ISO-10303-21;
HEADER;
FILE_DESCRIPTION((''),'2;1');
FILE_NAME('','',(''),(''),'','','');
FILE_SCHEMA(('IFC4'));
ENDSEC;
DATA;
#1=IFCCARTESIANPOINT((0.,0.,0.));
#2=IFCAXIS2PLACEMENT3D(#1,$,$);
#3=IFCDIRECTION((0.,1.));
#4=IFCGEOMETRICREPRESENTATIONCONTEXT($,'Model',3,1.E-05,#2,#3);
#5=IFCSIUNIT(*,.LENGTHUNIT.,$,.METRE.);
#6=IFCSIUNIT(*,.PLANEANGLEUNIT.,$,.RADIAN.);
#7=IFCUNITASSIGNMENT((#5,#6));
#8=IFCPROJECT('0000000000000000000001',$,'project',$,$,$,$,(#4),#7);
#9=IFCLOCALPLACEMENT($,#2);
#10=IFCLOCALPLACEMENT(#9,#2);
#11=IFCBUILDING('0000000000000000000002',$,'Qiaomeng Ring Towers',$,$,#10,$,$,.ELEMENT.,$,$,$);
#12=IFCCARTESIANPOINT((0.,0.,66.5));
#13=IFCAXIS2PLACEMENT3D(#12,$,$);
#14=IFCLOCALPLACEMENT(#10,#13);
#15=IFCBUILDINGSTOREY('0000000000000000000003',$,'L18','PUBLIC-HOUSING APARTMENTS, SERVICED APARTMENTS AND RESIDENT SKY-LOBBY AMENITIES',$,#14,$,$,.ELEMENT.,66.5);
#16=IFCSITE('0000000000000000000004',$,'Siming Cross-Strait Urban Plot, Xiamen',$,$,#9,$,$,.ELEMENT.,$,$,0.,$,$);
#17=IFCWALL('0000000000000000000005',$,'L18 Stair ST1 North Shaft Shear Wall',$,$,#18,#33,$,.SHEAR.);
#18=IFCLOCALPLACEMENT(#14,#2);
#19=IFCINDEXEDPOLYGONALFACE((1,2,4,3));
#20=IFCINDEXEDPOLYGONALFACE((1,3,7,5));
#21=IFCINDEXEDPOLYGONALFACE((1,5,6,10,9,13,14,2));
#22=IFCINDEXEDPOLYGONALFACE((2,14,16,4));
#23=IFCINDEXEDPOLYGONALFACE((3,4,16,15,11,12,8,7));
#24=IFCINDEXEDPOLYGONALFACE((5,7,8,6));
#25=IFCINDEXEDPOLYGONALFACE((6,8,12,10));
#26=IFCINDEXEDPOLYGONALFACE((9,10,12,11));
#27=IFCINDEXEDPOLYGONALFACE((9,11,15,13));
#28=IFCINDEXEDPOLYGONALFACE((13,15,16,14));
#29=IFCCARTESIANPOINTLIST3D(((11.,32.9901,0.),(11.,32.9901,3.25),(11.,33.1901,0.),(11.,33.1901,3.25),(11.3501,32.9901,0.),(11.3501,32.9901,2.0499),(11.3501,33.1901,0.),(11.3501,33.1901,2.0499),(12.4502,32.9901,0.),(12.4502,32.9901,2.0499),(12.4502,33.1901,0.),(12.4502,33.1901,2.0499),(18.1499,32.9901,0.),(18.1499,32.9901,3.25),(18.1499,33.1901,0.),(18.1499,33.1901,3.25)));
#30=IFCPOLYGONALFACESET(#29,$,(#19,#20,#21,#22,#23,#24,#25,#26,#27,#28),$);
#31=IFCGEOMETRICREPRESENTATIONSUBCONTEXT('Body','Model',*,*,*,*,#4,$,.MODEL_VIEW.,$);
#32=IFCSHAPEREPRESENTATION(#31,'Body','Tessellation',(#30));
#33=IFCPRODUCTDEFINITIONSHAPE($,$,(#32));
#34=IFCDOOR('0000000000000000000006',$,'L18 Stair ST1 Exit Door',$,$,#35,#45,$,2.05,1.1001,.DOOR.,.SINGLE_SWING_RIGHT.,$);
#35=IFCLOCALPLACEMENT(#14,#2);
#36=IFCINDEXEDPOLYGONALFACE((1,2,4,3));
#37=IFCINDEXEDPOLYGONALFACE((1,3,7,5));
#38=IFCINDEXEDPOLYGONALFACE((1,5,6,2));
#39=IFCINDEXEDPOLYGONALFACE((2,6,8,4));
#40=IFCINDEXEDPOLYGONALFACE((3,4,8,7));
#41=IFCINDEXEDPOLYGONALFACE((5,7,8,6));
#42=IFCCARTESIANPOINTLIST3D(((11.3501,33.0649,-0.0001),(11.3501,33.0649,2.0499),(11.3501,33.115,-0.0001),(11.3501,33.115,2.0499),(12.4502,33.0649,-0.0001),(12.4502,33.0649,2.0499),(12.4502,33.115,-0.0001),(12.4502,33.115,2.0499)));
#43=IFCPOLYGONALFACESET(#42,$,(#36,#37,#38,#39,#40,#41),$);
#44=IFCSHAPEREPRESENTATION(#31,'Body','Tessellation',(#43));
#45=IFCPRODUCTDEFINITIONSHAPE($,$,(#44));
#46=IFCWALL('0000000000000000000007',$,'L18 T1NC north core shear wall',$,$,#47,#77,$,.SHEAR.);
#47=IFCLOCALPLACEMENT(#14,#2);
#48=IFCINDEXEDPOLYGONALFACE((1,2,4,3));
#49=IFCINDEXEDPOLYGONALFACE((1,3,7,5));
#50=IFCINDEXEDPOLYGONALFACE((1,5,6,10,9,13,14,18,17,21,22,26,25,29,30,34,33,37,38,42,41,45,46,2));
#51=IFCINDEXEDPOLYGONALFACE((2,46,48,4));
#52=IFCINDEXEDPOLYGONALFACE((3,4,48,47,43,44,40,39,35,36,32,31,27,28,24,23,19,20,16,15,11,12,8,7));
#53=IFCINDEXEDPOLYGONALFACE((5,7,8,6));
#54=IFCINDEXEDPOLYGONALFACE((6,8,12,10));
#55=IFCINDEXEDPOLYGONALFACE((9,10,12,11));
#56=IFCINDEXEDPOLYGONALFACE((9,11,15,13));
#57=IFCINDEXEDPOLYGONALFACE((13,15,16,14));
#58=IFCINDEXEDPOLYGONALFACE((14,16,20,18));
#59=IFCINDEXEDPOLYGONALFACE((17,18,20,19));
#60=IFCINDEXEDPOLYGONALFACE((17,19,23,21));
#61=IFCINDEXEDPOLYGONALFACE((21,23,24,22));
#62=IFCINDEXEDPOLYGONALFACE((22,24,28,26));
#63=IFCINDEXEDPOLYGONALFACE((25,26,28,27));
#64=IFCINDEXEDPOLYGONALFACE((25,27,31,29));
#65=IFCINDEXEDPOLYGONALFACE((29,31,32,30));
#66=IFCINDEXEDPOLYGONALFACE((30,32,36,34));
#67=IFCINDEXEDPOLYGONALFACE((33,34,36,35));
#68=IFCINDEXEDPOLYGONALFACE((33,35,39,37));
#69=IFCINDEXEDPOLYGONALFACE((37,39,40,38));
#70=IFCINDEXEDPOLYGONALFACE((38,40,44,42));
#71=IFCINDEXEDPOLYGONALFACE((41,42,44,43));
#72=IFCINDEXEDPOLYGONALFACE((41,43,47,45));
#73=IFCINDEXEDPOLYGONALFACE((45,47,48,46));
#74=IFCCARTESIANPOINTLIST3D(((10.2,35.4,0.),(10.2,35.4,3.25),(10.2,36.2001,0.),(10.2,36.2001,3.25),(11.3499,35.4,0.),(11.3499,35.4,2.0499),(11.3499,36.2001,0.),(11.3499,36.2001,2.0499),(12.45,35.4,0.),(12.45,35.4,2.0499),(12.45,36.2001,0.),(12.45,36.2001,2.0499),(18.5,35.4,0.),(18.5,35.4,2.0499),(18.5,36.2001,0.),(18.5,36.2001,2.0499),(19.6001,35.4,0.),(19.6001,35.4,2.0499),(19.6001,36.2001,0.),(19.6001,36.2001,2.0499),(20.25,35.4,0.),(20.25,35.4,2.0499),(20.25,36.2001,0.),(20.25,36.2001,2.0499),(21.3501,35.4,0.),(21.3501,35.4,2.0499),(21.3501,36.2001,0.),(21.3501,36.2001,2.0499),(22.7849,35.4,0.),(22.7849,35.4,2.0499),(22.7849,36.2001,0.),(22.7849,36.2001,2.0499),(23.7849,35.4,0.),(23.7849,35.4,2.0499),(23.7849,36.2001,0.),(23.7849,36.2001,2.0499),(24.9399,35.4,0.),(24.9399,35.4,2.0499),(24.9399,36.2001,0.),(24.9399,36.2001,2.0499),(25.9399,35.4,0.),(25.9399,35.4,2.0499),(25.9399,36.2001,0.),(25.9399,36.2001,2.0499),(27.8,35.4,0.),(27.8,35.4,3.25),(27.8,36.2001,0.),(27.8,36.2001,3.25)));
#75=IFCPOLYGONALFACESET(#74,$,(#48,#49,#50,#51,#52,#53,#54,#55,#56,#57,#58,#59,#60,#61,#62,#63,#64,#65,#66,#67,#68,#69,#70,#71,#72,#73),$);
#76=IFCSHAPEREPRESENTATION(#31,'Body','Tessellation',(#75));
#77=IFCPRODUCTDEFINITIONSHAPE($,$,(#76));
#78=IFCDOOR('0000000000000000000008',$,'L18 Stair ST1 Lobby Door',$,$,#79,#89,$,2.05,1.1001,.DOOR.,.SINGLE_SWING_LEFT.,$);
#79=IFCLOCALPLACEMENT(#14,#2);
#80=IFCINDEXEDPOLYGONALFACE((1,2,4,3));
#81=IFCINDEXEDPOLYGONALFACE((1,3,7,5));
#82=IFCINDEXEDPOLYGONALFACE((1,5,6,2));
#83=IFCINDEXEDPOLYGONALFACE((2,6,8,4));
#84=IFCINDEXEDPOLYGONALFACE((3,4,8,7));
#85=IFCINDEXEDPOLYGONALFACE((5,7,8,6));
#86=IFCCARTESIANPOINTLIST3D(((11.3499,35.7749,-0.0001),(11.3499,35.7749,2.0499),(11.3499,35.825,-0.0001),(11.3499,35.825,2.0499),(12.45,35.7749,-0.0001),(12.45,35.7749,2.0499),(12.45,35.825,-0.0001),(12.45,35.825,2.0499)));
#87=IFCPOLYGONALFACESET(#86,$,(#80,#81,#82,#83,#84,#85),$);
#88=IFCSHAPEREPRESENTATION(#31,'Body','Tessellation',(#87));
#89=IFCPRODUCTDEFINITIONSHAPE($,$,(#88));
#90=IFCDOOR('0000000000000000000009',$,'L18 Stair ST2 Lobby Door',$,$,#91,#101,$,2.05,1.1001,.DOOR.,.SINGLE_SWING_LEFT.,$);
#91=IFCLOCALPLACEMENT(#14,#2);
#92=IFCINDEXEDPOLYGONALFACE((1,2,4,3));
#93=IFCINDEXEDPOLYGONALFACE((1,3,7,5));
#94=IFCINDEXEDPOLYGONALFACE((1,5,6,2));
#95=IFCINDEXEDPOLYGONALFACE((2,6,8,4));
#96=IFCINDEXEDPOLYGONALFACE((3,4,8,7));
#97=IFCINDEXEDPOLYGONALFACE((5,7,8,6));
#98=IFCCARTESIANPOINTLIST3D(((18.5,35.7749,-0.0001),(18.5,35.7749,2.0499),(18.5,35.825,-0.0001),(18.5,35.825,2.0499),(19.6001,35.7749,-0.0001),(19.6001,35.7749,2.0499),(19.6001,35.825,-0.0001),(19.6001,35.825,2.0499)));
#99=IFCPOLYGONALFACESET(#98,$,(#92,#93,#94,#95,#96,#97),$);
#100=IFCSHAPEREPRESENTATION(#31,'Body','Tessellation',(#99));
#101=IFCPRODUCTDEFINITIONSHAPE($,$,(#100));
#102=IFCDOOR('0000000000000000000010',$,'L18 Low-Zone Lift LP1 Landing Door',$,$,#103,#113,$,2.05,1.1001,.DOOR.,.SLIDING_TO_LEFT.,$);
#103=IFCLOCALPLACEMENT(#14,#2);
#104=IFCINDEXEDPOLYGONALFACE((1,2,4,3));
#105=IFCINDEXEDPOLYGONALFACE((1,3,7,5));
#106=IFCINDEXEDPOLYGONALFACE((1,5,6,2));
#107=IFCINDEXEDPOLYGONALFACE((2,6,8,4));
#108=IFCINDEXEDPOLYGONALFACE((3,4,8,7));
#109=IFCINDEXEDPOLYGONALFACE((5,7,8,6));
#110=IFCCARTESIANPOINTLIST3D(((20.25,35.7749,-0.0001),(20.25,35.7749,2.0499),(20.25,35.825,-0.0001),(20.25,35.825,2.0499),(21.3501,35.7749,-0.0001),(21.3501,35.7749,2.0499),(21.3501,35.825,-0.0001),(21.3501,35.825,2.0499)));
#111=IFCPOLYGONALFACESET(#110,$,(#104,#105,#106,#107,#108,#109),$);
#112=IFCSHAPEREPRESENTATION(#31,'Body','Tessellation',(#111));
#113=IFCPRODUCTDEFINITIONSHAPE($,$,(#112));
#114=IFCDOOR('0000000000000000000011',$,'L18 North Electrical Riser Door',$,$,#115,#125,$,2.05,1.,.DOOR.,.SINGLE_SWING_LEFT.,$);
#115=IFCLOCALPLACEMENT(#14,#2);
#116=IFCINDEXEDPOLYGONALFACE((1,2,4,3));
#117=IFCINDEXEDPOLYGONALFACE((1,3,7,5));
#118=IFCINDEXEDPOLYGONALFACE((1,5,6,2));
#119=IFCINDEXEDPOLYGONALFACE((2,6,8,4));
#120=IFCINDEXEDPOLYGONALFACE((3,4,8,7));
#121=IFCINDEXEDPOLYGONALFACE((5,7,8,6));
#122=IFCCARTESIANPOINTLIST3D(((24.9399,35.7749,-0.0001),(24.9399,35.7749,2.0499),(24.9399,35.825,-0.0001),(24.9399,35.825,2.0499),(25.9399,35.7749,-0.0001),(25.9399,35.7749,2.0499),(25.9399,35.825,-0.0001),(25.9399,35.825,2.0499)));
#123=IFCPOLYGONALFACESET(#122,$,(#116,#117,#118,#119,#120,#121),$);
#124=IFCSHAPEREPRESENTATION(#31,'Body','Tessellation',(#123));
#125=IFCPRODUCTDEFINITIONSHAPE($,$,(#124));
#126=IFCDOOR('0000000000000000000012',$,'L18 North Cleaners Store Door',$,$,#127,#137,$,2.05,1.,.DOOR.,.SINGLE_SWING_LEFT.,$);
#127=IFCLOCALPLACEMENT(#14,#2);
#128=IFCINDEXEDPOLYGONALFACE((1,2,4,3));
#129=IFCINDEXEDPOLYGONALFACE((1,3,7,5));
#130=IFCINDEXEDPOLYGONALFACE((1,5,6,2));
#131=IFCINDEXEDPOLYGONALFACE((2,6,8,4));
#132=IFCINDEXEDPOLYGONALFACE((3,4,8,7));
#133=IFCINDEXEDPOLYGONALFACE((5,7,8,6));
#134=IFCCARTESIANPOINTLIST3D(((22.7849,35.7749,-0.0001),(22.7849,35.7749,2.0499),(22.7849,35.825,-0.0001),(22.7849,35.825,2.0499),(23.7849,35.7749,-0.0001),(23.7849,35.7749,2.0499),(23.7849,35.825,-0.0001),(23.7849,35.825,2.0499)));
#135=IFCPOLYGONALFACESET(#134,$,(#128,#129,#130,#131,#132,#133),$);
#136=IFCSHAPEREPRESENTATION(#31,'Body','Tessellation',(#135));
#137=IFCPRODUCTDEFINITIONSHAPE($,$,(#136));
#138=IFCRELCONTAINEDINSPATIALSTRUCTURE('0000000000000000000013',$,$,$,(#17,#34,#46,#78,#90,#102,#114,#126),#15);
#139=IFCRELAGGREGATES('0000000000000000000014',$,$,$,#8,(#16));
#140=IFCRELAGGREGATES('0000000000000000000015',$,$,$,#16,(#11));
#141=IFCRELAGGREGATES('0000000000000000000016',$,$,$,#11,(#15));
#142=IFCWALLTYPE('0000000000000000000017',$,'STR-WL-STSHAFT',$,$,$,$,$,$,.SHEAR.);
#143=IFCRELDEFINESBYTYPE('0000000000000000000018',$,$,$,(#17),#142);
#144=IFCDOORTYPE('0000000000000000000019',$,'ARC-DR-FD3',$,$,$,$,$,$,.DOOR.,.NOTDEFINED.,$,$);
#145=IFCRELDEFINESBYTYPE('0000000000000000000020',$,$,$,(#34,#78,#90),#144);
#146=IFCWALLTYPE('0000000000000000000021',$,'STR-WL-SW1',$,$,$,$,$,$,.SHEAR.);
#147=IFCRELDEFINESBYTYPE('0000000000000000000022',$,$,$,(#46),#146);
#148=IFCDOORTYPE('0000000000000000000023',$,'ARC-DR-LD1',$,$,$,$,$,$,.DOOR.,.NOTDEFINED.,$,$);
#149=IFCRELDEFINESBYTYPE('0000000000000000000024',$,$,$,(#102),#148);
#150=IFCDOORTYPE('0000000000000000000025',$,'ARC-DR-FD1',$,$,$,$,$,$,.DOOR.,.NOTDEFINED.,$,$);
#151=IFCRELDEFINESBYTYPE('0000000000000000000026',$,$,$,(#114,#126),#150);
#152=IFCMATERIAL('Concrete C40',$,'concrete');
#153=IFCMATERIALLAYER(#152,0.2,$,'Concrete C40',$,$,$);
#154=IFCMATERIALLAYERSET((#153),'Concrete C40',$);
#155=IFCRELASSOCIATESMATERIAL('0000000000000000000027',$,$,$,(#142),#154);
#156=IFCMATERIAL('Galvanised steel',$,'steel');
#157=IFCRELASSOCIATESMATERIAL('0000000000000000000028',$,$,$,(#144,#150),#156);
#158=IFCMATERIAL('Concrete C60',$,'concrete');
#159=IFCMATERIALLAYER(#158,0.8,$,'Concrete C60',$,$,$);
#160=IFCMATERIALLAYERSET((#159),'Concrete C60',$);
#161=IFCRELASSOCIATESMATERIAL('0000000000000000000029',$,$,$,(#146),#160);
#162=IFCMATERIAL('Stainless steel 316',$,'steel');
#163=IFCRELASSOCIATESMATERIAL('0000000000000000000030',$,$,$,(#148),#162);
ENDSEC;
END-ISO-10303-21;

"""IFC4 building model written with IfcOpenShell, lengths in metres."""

from ifc_helpers import new_model, si_unit, direction, frame, frame_2d, origin, place, context, subcontext, project, spatial, rectangle, extrude, source, transform, mapped, material, layer, layer_set, type_object, element, fill, save


model = new_model("IFC4")

# Units and contexts
model_context = context("Model", 3, precision=1e-05, world=origin(), true_north=direction((0.0, 1.0)))
body_context = subcontext(model_context, "Body", "Model", "MODEL_VIEW")
ifc_project = project(units=[si_unit("LENGTHUNIT", "METRE"), si_unit("PLANEANGLEUNIT", "RADIAN")], contexts=[model_context])

# Site, building, storey
site_placement = place(None, origin())
site = spatial("IfcSite", under=ifc_project, at=site_placement, Name="Siming Cross-Strait Urban Plot, Xiamen", CompositionType="ELEMENT", RefElevation=0.0)
building_placement = place(site_placement, origin())
building = spatial("IfcBuilding", under=site, at=building_placement, Name="Qiaomeng Ring Towers", CompositionType="ELEMENT")
storey_placement = place(building_placement, frame((0.0, 0.0, 66.5)))
storey = spatial("IfcBuildingStorey", under=building, at=storey_placement, Name="L18", Description="PUBLIC-HOUSING APARTMENTS, SERVICED APARTMENTS AND RESIDENT SKY-LOBBY AMENITIES", CompositionType="ELEMENT", Elevation=66.5)

# Shared definitions
ifc_material_1 = material(Name="Concrete C60", Category="concrete")

# Shared definitions
shared_shape_1 = source(origin(), body_context, "Body", "SweptSolid", [
    extrude(rectangle(XDim=1.0, YDim=2.05, at=frame_2d((0.5, 1.0249))), frame((0.0, 0.0249, 0.0), z_axis=(0.0, -1.0, 0.0), x_axis=(1.0, 0.0, 0.0)), (0.0, 0.0, 1.0), 0.05),
])

# Shared definitions
ifc_material_2 = material(Name="Concrete C40", Category="concrete")
ifc_layer_1 = layer(ifc_material_2, 0.2, Name="Concrete C40")
ifc_layer_set_1 = layer_set([ifc_layer_1], Name="Concrete C40")
wall_type_1 = type_object("IfcWallType", Name="STR-WL-STSHAFT", PredefinedType="SHEAR", material=ifc_layer_set_1)

# Wall, opening, door
wall_1_placement = place(storey_placement, frame((11.0, 33.0901, 0.0), z_axis=(0.0, 0.0, 1.0), x_axis=(1.0, 0.0, 0.0)))
wall_1 = element("IfcWall", 1, at=wall_1_placement, inside=storey, type_object=wall_type_1, Name="L18 Stair ST1 North Shaft Shear Wall", PredefinedType="SHEAR", context=body_context, shape_type="SweptSolid", body=[
    extrude(rectangle(XDim=7.1499, YDim=0.2, at=frame_2d((3.575, 0.0))), origin(), (0.0, 0.0, 1.0), 3.25),
])
opening_1_placement = place(wall_1_placement, frame((0.3501, 0.0, 0.0)))
opening_1 = element("IfcOpeningElement", 2, at=opening_1_placement, cuts=wall_1, PredefinedType="OPENING", context=body_context, shape_type="SweptSolid", body=[
    extrude(rectangle(XDim=1.1001, YDim=2.05, at=frame_2d((0.55, 1.0249))), frame((0.0, 0.1099, 0.0), z_axis=(0.0, -1.0, 0.0), x_axis=(1.0, 0.0, 0.0)), (0.0, 0.0, 1.0), 0.22),
])
ifc_material_3 = material(Name="Galvanised steel", Category="steel")
door_type_1 = type_object("IfcDoorType", Name="ARC-DR-FD3", OperationType="NOTDEFINED", PredefinedType="DOOR", material=ifc_material_3)
shared_shape_2 = source(origin(), body_context, "Body", "SweptSolid", [
    extrude(rectangle(XDim=1.1001, YDim=2.05, at=frame_2d((0.55, 1.0249))), frame((0.0, 0.0249, 0.0), z_axis=(0.0, -1.0, 0.0), x_axis=(1.0, 0.0, 0.0)), (0.0, 0.0, 1.0), 0.05),
])
door_1_placement = place(opening_1_placement, origin())
door_1 = element("IfcDoor", 3, at=door_1_placement, inside=storey, type_object=door_type_1, Name="L18 Stair ST1 Exit Door", OperationType="SINGLE_SWING_RIGHT", OverallHeight=2.05, OverallWidth=1.1001, PredefinedType="DOOR", context=body_context, shape_type="MappedRepresentation", body=[
    mapped(shared_shape_2, transform((0.0, 0.0, 0.0), x_axis=(1.0, 0.0, 0.0), y_axis=(0.0, 1.0, 0.0), z_axis=(0.0, 0.0, 1.0), scale=1.0)),
])
fill(opening_1, door_1)

# Wall, openings, doors
ifc_layer_2 = layer(ifc_material_1, 0.8, Name="Concrete C60")
ifc_layer_set_2 = layer_set([ifc_layer_2], Name="Concrete C60")
wall_type_2 = type_object("IfcWallType", Name="STR-WL-SW1", PredefinedType="SHEAR", material=ifc_layer_set_2)
wall_2_placement = place(storey_placement, frame((10.2, 35.8, 0.0), z_axis=(0.0, 0.0, 1.0), x_axis=(1.0, 0.0, 0.0)))
wall_2 = element("IfcWall", 4, at=wall_2_placement, inside=storey, type_object=wall_type_2, Name="L18 T1NC north core shear wall", PredefinedType="SHEAR", context=body_context, shape_type="SweptSolid", body=[
    extrude(rectangle(XDim=17.6001, YDim=0.8, at=frame_2d((8.8, 0.0))), origin(), (0.0, 0.0, 1.0), 3.25),
])
opening_2_placement = place(wall_2_placement, frame((1.1499, 0.0, 0.0)))
opening_2 = element("IfcOpeningElement", 5, at=opening_2_placement, cuts=wall_2, PredefinedType="OPENING", context=body_context, shape_type="SweptSolid", body=[
    extrude(rectangle(XDim=1.1001, YDim=2.05, at=frame_2d((0.55, 1.0249))), frame((0.0, 0.4099, 0.0), z_axis=(0.0, -1.0, 0.0), x_axis=(1.0, 0.0, 0.0)), (0.0, 0.0, 1.0), 0.8201),
])
opening_3_placement = place(wall_2_placement, frame((8.3, 0.0, 0.0)))
opening_3 = element("IfcOpeningElement", 6, at=opening_3_placement, cuts=wall_2, PredefinedType="OPENING", context=body_context, shape_type="SweptSolid", body=[
    extrude(rectangle(XDim=1.1001, YDim=2.05, at=frame_2d((0.55, 1.0249))), frame((0.0, 0.4099, 0.0), z_axis=(0.0, -1.0, 0.0), x_axis=(1.0, 0.0, 0.0)), (0.0, 0.0, 1.0), 0.8201),
])
opening_4_placement = place(wall_2_placement, frame((10.05, 0.0, 0.0)))
opening_4 = element("IfcOpeningElement", 7, at=opening_4_placement, cuts=wall_2, PredefinedType="OPENING", context=body_context, shape_type="SweptSolid", body=[
    extrude(rectangle(XDim=1.1001, YDim=2.05, at=frame_2d((0.55, 1.0249))), frame((0.0, 0.4099, 0.0), z_axis=(0.0, -1.0, 0.0), x_axis=(1.0, 0.0, 0.0)), (0.0, 0.0, 1.0), 0.8201),
])
opening_5_placement = place(wall_2_placement, frame((14.74, 0.0, 0.0)))
opening_5 = element("IfcOpeningElement", 8, at=opening_5_placement, cuts=wall_2, PredefinedType="OPENING", context=body_context, shape_type="SweptSolid", body=[
    extrude(rectangle(XDim=1.0, YDim=2.05, at=frame_2d((0.5, 1.0249))), frame((0.0, 0.4099, 0.0), z_axis=(0.0, -1.0, 0.0), x_axis=(1.0, 0.0, 0.0)), (0.0, 0.0, 1.0), 0.8201),
])
opening_6_placement = place(wall_2_placement, frame((12.585, 0.0, 0.0)))
opening_6 = element("IfcOpeningElement", 9, at=opening_6_placement, cuts=wall_2, PredefinedType="OPENING", context=body_context, shape_type="SweptSolid", body=[
    extrude(rectangle(XDim=1.0, YDim=2.05, at=frame_2d((0.5, 1.0249))), frame((0.0, 0.4099, 0.0), z_axis=(0.0, -1.0, 0.0), x_axis=(1.0, 0.0, 0.0)), (0.0, 0.0, 1.0), 0.8201),
])
door_2_placement = place(opening_2_placement, origin())
door_2 = element("IfcDoor", 10, at=door_2_placement, inside=storey, type_object=door_type_1, Name="L18 Stair ST1 Lobby Door", OperationType="SINGLE_SWING_LEFT", OverallHeight=2.05, OverallWidth=1.1001, PredefinedType="DOOR", context=body_context, shape_type="MappedRepresentation", body=[
    mapped(shared_shape_2, transform((0.0, 0.0, 0.0), x_axis=(1.0, 0.0, 0.0), y_axis=(0.0, 1.0, 0.0), z_axis=(0.0, 0.0, 1.0), scale=1.0)),
])
fill(opening_2, door_2)
door_3_placement = place(opening_3_placement, origin())
door_3 = element("IfcDoor", 11, at=door_3_placement, inside=storey, type_object=door_type_1, Name="L18 Stair ST2 Lobby Door", OperationType="SINGLE_SWING_LEFT", OverallHeight=2.05, OverallWidth=1.1001, PredefinedType="DOOR", context=body_context, shape_type="MappedRepresentation", body=[
    mapped(shared_shape_2, transform((0.0, 0.0, 0.0), x_axis=(1.0, 0.0, 0.0), y_axis=(0.0, 1.0, 0.0), z_axis=(0.0, 0.0, 1.0), scale=1.0)),
])
fill(opening_3, door_3)
ifc_material_4 = material(Name="Stainless steel 316", Category="steel")
door_type_2 = type_object("IfcDoorType", Name="ARC-DR-LD1", OperationType="NOTDEFINED", PredefinedType="DOOR", material=ifc_material_4)
door_4_placement = place(opening_4_placement, origin())
door_4 = element("IfcDoor", 12, at=door_4_placement, inside=storey, type_object=door_type_2, Name="L18 Low-Zone Lift LP1 Landing Door", OperationType="SLIDING_TO_LEFT", OverallHeight=2.05, OverallWidth=1.1001, PredefinedType="DOOR", context=body_context, shape_type="MappedRepresentation", body=[
    mapped(shared_shape_2, transform((0.0, 0.0, 0.0), x_axis=(1.0, 0.0, 0.0), y_axis=(0.0, 1.0, 0.0), z_axis=(0.0, 0.0, 1.0), scale=1.0)),
])
fill(opening_4, door_4)
door_type_3 = type_object("IfcDoorType", Name="ARC-DR-FD1", OperationType="NOTDEFINED", PredefinedType="DOOR", material=ifc_material_3)
door_5_placement = place(opening_5_placement, origin())
door_5 = element("IfcDoor", 13, at=door_5_placement, inside=storey, type_object=door_type_3, Name="L18 North Electrical Riser Door", OperationType="SINGLE_SWING_LEFT", OverallHeight=2.05, OverallWidth=1.0, PredefinedType="DOOR", context=body_context, shape_type="MappedRepresentation", body=[
    mapped(shared_shape_1, transform((0.0, 0.0, 0.0), x_axis=(1.0, 0.0, 0.0), y_axis=(0.0, 1.0, 0.0), z_axis=(0.0, 0.0, 1.0), scale=1.0)),
])
fill(opening_5, door_5)
door_6_placement = place(opening_6_placement, origin())
door_6 = element("IfcDoor", 14, at=door_6_placement, inside=storey, type_object=door_type_3, Name="L18 North Cleaners Store Door", OperationType="SINGLE_SWING_LEFT", OverallHeight=2.05, OverallWidth=1.0, PredefinedType="DOOR", context=body_context, shape_type="MappedRepresentation", body=[
    mapped(shared_shape_1, transform((0.0, 0.0, 0.0), x_axis=(1.0, 0.0, 0.0), y_axis=(0.0, 1.0, 0.0), z_axis=(0.0, 0.0, 1.0), scale=1.0)),
])
fill(opening_6, door_6)

save(model, "model.ifc")
